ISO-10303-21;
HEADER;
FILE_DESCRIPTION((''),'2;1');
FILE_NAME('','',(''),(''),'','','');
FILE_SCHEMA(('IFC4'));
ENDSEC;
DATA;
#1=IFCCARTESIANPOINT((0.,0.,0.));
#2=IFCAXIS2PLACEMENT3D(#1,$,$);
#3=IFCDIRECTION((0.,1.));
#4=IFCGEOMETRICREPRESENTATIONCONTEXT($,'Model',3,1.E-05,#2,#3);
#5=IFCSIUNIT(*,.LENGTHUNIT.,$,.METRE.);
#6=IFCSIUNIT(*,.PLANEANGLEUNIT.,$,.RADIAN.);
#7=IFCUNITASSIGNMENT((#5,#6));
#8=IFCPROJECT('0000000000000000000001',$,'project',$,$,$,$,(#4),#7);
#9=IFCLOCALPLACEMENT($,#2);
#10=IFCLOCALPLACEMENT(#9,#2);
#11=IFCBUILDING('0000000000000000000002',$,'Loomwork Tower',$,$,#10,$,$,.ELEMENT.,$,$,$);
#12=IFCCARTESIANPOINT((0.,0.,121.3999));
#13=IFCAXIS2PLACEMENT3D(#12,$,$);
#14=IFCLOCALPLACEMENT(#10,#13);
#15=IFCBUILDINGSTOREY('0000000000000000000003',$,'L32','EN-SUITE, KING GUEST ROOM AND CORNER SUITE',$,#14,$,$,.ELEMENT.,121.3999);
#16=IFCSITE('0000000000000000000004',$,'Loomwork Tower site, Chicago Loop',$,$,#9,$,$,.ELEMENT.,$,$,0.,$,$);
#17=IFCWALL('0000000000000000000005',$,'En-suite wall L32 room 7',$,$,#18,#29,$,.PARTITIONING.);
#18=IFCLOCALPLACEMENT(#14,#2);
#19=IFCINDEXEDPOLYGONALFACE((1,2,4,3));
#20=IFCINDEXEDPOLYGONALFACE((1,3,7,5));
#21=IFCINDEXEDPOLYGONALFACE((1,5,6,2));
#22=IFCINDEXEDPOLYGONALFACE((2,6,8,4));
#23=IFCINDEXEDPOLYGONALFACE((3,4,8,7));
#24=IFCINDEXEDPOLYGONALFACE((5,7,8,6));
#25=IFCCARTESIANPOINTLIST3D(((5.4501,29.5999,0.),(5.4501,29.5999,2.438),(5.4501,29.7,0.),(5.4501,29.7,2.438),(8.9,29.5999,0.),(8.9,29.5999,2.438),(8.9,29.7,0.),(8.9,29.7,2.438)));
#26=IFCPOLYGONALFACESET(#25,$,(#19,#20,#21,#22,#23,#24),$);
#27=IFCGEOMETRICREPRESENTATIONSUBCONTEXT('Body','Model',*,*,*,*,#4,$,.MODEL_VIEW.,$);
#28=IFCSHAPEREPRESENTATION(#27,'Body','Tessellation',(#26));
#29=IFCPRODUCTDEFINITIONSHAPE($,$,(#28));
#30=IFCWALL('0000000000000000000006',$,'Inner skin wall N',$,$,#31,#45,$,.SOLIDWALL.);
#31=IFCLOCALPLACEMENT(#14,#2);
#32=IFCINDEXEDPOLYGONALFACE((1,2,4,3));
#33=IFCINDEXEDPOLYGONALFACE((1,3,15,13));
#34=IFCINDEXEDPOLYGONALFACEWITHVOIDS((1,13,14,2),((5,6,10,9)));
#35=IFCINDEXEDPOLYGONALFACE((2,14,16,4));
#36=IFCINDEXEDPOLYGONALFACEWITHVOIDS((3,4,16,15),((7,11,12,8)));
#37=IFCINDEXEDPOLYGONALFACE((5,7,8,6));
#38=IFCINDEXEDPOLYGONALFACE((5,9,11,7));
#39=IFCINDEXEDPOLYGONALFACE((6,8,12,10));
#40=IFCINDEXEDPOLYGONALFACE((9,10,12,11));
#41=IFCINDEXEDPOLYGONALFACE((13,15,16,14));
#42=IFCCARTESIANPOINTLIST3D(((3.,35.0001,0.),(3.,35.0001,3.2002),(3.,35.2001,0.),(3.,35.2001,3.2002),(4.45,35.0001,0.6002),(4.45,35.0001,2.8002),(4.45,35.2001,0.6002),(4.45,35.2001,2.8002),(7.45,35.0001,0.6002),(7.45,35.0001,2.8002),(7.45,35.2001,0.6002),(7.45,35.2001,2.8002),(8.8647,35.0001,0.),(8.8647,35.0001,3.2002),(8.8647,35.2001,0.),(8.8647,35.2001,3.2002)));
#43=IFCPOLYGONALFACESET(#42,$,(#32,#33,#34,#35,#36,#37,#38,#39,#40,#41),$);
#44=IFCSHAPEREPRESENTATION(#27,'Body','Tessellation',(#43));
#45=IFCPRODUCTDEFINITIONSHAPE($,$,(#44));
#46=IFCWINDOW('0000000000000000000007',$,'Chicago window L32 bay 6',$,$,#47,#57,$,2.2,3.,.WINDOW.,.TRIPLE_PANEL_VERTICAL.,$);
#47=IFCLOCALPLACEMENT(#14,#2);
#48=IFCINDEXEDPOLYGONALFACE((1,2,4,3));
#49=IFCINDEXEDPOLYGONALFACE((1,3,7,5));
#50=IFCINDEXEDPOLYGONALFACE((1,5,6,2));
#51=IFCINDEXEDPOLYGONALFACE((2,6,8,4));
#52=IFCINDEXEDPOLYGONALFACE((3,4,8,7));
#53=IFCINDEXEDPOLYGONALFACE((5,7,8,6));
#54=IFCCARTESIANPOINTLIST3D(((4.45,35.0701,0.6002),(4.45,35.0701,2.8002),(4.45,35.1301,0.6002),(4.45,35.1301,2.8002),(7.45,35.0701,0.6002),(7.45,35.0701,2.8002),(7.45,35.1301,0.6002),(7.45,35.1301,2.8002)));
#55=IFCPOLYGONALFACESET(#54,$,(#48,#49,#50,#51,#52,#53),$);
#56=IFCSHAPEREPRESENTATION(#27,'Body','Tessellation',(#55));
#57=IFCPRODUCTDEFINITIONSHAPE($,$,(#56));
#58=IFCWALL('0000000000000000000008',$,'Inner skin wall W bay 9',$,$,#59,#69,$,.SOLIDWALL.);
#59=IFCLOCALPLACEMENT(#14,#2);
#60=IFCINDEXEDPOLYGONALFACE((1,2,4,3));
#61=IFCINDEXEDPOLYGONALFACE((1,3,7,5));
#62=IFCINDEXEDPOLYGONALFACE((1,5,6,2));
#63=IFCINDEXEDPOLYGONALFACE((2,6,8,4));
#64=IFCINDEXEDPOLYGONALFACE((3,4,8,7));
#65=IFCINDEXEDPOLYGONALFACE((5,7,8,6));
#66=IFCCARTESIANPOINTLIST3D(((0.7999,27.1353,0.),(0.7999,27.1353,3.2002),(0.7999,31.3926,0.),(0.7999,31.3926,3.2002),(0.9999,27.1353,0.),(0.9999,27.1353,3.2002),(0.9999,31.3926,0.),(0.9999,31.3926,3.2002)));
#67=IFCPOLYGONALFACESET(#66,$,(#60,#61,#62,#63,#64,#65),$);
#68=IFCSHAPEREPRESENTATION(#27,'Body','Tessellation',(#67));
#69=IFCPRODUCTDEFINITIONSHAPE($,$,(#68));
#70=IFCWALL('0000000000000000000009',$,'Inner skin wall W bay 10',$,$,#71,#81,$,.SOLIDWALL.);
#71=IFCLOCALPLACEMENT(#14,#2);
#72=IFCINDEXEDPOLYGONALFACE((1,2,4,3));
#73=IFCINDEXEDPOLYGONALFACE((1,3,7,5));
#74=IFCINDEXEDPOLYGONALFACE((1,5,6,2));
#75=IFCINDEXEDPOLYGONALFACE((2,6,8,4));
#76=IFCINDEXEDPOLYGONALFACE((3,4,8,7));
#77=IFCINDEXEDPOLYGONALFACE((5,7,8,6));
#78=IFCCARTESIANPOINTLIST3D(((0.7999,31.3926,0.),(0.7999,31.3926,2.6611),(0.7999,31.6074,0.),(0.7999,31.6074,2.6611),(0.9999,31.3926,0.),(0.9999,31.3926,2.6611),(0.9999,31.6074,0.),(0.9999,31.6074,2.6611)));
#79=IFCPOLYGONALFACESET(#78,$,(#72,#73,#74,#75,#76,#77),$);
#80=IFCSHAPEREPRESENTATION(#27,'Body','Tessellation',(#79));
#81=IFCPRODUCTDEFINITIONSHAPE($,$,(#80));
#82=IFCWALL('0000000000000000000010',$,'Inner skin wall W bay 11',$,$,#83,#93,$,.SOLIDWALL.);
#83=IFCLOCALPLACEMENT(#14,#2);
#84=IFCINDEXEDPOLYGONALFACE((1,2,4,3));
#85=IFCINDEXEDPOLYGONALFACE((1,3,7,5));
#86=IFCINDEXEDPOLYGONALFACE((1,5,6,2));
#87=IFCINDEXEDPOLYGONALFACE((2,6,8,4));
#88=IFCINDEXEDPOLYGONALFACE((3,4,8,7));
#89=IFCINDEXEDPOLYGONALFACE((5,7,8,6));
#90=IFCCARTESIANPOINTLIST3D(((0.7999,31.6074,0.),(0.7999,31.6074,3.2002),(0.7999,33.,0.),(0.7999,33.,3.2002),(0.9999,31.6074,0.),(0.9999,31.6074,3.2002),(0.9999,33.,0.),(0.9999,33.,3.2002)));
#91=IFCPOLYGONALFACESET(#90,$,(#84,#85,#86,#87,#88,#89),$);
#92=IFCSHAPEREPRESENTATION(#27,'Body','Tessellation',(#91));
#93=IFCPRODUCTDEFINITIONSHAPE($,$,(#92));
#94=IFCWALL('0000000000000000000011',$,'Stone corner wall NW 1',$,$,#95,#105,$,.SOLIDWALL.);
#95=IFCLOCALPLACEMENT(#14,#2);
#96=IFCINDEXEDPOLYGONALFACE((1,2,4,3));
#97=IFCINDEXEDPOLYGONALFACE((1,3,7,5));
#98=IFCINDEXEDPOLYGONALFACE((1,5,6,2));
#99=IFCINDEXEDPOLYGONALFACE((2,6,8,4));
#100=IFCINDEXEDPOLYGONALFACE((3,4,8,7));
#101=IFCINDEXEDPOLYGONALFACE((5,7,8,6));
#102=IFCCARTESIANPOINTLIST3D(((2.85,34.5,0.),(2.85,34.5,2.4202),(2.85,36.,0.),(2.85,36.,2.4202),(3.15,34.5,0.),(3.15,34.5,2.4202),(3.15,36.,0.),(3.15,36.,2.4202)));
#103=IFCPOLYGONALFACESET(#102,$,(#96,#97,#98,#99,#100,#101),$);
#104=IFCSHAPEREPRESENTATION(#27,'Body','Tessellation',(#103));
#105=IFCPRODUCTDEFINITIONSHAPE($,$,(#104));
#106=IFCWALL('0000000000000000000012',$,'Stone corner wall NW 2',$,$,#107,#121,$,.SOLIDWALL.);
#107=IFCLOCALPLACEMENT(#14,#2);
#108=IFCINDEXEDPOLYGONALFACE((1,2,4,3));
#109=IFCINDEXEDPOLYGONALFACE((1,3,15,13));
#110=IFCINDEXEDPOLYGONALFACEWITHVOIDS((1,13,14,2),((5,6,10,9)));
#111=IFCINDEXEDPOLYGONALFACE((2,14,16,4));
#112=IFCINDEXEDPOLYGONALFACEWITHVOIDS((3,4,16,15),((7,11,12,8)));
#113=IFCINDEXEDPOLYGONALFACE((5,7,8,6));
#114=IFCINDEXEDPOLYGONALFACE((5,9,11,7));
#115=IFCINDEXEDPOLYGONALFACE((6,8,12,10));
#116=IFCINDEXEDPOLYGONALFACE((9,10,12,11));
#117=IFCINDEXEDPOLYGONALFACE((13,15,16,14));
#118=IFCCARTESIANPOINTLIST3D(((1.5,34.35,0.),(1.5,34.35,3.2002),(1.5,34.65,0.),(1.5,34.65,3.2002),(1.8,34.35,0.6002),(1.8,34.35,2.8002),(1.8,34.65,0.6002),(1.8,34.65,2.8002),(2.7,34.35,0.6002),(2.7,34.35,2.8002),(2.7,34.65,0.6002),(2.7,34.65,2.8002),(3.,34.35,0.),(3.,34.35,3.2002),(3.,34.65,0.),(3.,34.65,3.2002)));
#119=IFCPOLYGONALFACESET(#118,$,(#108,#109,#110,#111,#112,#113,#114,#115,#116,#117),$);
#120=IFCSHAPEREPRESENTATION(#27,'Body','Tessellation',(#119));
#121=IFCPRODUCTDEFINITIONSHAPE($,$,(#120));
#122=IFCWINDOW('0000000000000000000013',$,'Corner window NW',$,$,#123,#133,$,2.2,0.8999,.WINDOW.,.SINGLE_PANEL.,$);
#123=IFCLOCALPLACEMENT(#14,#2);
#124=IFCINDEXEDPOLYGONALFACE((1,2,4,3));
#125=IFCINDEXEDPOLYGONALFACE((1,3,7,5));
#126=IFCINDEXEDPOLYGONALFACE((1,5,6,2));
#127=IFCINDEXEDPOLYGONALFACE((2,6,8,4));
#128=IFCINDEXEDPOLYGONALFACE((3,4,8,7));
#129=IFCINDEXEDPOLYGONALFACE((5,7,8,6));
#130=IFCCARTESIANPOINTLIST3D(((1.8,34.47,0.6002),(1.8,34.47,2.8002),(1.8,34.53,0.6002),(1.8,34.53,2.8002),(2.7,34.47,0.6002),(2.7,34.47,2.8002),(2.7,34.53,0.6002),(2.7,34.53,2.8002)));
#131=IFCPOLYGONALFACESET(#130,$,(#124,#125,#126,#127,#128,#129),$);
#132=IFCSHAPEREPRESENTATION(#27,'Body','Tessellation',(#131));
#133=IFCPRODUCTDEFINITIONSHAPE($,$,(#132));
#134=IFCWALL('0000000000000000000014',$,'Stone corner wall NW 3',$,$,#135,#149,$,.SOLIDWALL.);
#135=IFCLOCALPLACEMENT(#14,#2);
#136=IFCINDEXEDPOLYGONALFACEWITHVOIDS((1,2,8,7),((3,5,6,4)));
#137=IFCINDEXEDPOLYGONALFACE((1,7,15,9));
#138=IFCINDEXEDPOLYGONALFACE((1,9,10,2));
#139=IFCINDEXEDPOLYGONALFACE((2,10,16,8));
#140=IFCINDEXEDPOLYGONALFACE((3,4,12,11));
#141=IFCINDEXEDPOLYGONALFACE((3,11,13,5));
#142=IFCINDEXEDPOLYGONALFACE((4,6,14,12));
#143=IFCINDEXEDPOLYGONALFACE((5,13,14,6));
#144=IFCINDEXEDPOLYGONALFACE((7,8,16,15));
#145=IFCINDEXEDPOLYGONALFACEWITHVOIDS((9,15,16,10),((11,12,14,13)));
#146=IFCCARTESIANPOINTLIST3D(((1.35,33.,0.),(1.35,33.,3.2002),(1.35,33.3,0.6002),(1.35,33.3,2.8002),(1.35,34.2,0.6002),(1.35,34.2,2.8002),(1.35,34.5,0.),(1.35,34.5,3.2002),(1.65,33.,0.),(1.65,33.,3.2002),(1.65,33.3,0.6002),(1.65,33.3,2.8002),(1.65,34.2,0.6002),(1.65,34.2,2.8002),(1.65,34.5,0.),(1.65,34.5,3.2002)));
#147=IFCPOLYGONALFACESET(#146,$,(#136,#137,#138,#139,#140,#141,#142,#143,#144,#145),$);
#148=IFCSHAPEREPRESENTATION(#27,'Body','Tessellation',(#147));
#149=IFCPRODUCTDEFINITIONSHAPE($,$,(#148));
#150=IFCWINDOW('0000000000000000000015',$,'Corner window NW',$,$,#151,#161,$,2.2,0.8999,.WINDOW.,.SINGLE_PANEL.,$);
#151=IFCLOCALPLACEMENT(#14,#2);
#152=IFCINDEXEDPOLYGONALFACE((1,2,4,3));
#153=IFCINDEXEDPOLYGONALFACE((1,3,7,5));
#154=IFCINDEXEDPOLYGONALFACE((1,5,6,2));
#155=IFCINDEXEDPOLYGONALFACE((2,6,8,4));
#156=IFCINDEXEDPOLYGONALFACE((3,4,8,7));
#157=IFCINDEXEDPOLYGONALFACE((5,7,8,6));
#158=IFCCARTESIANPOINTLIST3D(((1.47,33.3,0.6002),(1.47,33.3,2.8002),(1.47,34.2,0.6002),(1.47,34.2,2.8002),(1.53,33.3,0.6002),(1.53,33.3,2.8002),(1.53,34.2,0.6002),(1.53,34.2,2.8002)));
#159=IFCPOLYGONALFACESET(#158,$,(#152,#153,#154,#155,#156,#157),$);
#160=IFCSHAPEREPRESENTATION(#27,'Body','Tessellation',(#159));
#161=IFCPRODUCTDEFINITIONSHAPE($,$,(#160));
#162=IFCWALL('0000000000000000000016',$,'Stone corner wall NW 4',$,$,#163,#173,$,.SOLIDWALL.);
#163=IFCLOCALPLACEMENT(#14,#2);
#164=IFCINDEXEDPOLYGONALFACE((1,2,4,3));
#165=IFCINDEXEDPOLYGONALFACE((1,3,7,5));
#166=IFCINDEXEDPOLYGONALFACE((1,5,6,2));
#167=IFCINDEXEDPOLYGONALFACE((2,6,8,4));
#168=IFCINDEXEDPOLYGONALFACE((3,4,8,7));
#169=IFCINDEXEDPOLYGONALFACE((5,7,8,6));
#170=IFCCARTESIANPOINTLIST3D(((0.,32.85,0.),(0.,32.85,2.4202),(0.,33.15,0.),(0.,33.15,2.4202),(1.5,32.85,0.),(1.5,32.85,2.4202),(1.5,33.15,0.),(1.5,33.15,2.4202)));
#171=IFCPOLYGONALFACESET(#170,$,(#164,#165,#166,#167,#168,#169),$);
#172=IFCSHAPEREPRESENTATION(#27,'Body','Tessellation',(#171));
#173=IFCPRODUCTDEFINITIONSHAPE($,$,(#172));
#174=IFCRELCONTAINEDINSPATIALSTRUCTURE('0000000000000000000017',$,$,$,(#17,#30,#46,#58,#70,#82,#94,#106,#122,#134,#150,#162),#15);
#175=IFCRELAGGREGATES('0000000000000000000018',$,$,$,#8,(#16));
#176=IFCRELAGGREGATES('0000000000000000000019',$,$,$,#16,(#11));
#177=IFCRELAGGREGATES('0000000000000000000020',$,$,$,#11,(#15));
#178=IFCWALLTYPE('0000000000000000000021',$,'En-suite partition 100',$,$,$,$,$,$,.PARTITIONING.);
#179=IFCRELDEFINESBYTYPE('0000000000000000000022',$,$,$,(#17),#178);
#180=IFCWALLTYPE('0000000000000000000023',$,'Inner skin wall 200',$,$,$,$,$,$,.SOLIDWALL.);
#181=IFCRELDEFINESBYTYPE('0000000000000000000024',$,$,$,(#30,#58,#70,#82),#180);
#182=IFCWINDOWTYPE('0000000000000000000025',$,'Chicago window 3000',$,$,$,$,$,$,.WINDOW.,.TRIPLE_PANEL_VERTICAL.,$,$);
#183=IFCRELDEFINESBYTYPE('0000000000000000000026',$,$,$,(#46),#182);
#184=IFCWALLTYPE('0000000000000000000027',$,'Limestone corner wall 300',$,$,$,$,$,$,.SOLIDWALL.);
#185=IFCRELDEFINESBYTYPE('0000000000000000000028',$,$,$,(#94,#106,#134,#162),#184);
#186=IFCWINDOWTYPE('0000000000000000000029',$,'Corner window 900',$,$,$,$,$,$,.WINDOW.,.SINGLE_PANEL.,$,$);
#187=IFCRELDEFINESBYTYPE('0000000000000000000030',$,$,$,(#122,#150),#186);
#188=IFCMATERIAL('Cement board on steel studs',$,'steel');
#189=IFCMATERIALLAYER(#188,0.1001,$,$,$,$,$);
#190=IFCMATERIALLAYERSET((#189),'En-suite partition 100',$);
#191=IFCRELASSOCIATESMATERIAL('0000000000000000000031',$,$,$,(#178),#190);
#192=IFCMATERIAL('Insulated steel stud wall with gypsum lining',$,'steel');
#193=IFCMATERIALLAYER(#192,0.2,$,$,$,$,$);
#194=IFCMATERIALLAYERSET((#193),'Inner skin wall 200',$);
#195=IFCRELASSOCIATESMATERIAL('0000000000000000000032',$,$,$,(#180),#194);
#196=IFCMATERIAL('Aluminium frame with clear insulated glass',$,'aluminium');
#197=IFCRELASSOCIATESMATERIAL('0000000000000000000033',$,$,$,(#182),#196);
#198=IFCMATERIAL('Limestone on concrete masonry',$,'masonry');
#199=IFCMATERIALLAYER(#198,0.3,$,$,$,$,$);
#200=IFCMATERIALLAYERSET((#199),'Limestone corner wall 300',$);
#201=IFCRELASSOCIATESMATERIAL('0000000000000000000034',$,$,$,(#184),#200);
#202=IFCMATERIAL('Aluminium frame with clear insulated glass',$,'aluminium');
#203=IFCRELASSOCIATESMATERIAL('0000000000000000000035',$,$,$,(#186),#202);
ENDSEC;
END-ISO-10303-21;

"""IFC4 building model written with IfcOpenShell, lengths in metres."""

from ifc_helpers import new_model, si_unit, direction, frame, frame_2d, origin, place, context, subcontext, project, spatial, rectangle, extrude, material, layer, layer_set, type_object, element, fill, save


model = new_model("IFC4")

# Units and contexts
model_context = context("Model", 3, precision=1e-05, world=origin(), true_north=direction((0.0, 1.0)))
body_context = subcontext(model_context, "Body", "Model", "MODEL_VIEW")
ifc_project = project(units=[si_unit("LENGTHUNIT", "METRE"), si_unit("PLANEANGLEUNIT", "RADIAN")], contexts=[model_context])

# Site, building, storey
site_placement = place(None, origin())
site = spatial("IfcSite", under=ifc_project, at=site_placement, Name="Loomwork Tower site, Chicago Loop", CompositionType="ELEMENT", RefElevation=0.0)
building_placement = place(site_placement, origin())
building = spatial("IfcBuilding", under=site, at=building_placement, Name="Loomwork Tower", CompositionType="ELEMENT")
storey_placement = place(building_placement, frame((0.0, 0.0, 121.3999)))
storey = spatial("IfcBuildingStorey", under=building, at=storey_placement, Name="L32", Description="EN-SUITE, KING GUEST ROOM AND CORNER SUITE", CompositionType="ELEMENT", Elevation=121.3999)

# Wall
ifc_material_1 = material(Name="Cement board on steel studs", Category="steel")
ifc_layer_1 = layer(ifc_material_1, 0.1001)
ifc_layer_set_1 = layer_set([ifc_layer_1], Name="En-suite partition 100")
wall_type_1 = type_object("IfcWallType", Name="En-suite partition 100", PredefinedType="PARTITIONING", material=ifc_layer_set_1)
wall_1_placement = place(storey_placement, frame((5.45, 29.6499, 0.0), z_axis=(0.0, 0.0, 1.0), x_axis=(1.0, 0.0, 0.0)))
element("IfcWall", 1, at=wall_1_placement, inside=storey, type_object=wall_type_1, Name="En-suite wall L32 room 7", PredefinedType="PARTITIONING", context=body_context, shape_type="SweptSolid", body=[
    extrude(rectangle(XDim=3.45, YDim=0.1001, at=frame_2d((1.7251, 0.0))), origin(), (0.0, 0.0, 1.0), 2.438),
])

# Wall, opening, window
ifc_material_2 = material(Name="Insulated steel stud wall with gypsum lining", Category="steel")
ifc_layer_2 = layer(ifc_material_2, 0.2)
ifc_layer_set_2 = layer_set([ifc_layer_2], Name="Inner skin wall 200")
wall_type_2 = type_object("IfcWallType", Name="Inner skin wall 200", PredefinedType="SOLIDWALL", material=ifc_layer_set_2)
wall_2_placement = place(storey_placement, frame((3.0, 35.1001, 0.0), z_axis=(0.0, 0.0, 1.0), x_axis=(1.0, 0.0, 0.0)))
wall_2 = element("IfcWall", 2, at=wall_2_placement, inside=storey, type_object=wall_type_2, Name="Inner skin wall N", PredefinedType="SOLIDWALL", context=body_context, shape_type="SweptSolid", body=[
    extrude(rectangle(XDim=5.8647, YDim=0.2, at=frame_2d((2.9324, 0.0))), origin(), (0.0, 0.0, 1.0), 3.2002),
])
opening_1_placement = place(wall_2_placement, frame((1.45, 0.0, 0.6001)))
opening_1 = element("IfcOpeningElement", 3, at=opening_1_placement, cuts=wall_2, PredefinedType="OPENING", context=body_context, shape_type="SweptSolid", body=[
    extrude(rectangle(XDim=3.0, YDim=2.2, at=frame_2d((1.5, 1.1001))), frame((0.0, 0.1099, 0.0), z_axis=(0.0, -1.0, 0.0), x_axis=(1.0, 0.0, 0.0)), (0.0, 0.0, 1.0), 0.22),
])
ifc_material_3 = material(Name="Aluminium frame with clear insulated glass", Category="aluminium")
window_type_1 = type_object("IfcWindowType", Name="Chicago window 3000", PartitioningType="TRIPLE_PANEL_VERTICAL", PredefinedType="WINDOW", material=ifc_material_3)
window_1_placement = place(opening_1_placement, origin())
window_1 = element("IfcWindow", 4, at=window_1_placement, inside=storey, type_object=window_type_1, Name="Chicago window L32 bay 6", OverallHeight=2.2, OverallWidth=3.0, PartitioningType="TRIPLE_PANEL_VERTICAL", PredefinedType="WINDOW", context=body_context, shape_type="SweptSolid", body=[
    extrude(rectangle(XDim=3.0, YDim=2.2, at=frame_2d((1.5, 1.1001))), frame((0.0, 0.03, 0.0), z_axis=(0.0, -1.0, 0.0), x_axis=(1.0, 0.0, 0.0)), (0.0, 0.0, 1.0), 0.0601),
])
fill(opening_1, window_1)

# Walls
wall_3_placement = place(storey_placement, frame((0.8999, 27.1353, 0.0), z_axis=(0.0, 0.0, 1.0), x_axis=(0.0, 1.0, 0.0)))
element("IfcWall", 5, at=wall_3_placement, inside=storey, type_object=wall_type_2, Name="Inner skin wall W bay 9", PredefinedType="SOLIDWALL", context=body_context, shape_type="SweptSolid", body=[
    extrude(rectangle(XDim=4.2573, YDim=0.2, at=frame_2d((2.1287, 0.0))), origin(), (0.0, 0.0, 1.0), 3.2002),
])
wall_4_placement = place(storey_placement, frame((0.8999, 31.3926, 0.0), z_axis=(0.0, 0.0, 1.0), x_axis=(0.0, 1.0, 0.0)))
element("IfcWall", 6, at=wall_4_placement, inside=storey, type_object=wall_type_2, Name="Inner skin wall W bay 10", PredefinedType="SOLIDWALL", context=body_context, shape_type="SweptSolid", body=[
    extrude(rectangle(XDim=0.2148, YDim=0.2, at=frame_2d((0.1074, 0.0))), origin(), (0.0, 0.0, 1.0), 2.6611),
])
wall_5_placement = place(storey_placement, frame((0.8999, 31.6074, 0.0), z_axis=(0.0, 0.0, 1.0), x_axis=(0.0, 1.0, 0.0)))
element("IfcWall", 7, at=wall_5_placement, inside=storey, type_object=wall_type_2, Name="Inner skin wall W bay 11", PredefinedType="SOLIDWALL", context=body_context, shape_type="SweptSolid", body=[
    extrude(rectangle(XDim=1.3926, YDim=0.2, at=frame_2d((0.6963, 0.0))), origin(), (0.0, 0.0, 1.0), 3.2002),
])
ifc_material_4 = material(Name="Limestone on concrete masonry", Category="masonry")
ifc_layer_3 = layer(ifc_material_4, 0.3)
ifc_layer_set_3 = layer_set([ifc_layer_3], Name="Limestone corner wall 300")
wall_type_3 = type_object("IfcWallType", Name="Limestone corner wall 300", PredefinedType="SOLIDWALL", material=ifc_layer_set_3)
wall_6_placement = place(storey_placement, frame((3.0, 36.0, 0.0), z_axis=(0.0, 0.0, 1.0), x_axis=(0.0, -1.0, 0.0)))
element("IfcWall", 8, at=wall_6_placement, inside=storey, type_object=wall_type_3, Name="Stone corner wall NW 1", PredefinedType="SOLIDWALL", context=body_context, shape_type="SweptSolid", body=[
    extrude(rectangle(XDim=1.5, YDim=0.3, at=frame_2d((0.75, 0.0))), origin(), (0.0, 0.0, 1.0), 2.4202),
])

# Walls, openings, windows
wall_7_placement = place(storey_placement, frame((3.0, 34.5, 0.0), z_axis=(0.0, 0.0, 1.0), x_axis=(-1.0, 0.0, 0.0)))
wall_7 = element("IfcWall", 9, at=wall_7_placement, inside=storey, type_object=wall_type_3, Name="Stone corner wall NW 2", PredefinedType="SOLIDWALL", context=body_context, shape_type="SweptSolid", body=[
    extrude(rectangle(XDim=1.5, YDim=0.3, at=frame_2d((0.75, 0.0))), origin(), (0.0, 0.0, 1.0), 3.2002),
])
opening_2_placement = place(wall_7_placement, frame((0.3, 0.0, 0.6001)))
opening_2 = element("IfcOpeningElement", 10, at=opening_2_placement, cuts=wall_7, PredefinedType="OPENING", context=body_context, shape_type="SweptSolid", body=[
    extrude(rectangle(XDim=0.8999, YDim=2.2, at=frame_2d((0.45, 1.1001))), frame((0.0, 0.1599, 0.0), z_axis=(0.0, -1.0, 0.0), x_axis=(1.0, 0.0, 0.0)), (0.0, 0.0, 1.0), 0.3201),
])
ifc_material_5 = material(Name="Aluminium frame with clear insulated glass", Category="aluminium")
window_type_2 = type_object("IfcWindowType", Name="Corner window 900", PartitioningType="SINGLE_PANEL", PredefinedType="WINDOW", material=ifc_material_5)
window_2_placement = place(opening_2_placement, origin())
window_2 = element("IfcWindow", 11, at=window_2_placement, inside=storey, type_object=window_type_2, Name="Corner window NW", OverallHeight=2.2, OverallWidth=0.8999, PartitioningType="SINGLE_PANEL", PredefinedType="WINDOW", context=body_context, shape_type="SweptSolid", body=[
    extrude(rectangle(XDim=0.8999, YDim=2.2, at=frame_2d((0.45, 1.1001))), frame((0.0, 0.03, 0.0), z_axis=(0.0, -1.0, 0.0), x_axis=(1.0, 0.0, 0.0)), (0.0, 0.0, 1.0), 0.0601),
])
fill(opening_2, window_2)
wall_8_placement = place(storey_placement, frame((1.5, 34.5, 0.0), z_axis=(0.0, 0.0, 1.0), x_axis=(0.0, -1.0, 0.0)))
wall_8 = element("IfcWall", 12, at=wall_8_placement, inside=storey, type_object=wall_type_3, Name="Stone corner wall NW 3", PredefinedType="SOLIDWALL", context=body_context, shape_type="SweptSolid", body=[
    extrude(rectangle(XDim=1.5, YDim=0.3, at=frame_2d((0.75, 0.0))), origin(), (0.0, 0.0, 1.0), 3.2002),
])
opening_3_placement = place(wall_8_placement, frame((0.3, 0.0, 0.6001)))
opening_3 = element("IfcOpeningElement", 13, at=opening_3_placement, cuts=wall_8, PredefinedType="OPENING", context=body_context, shape_type="SweptSolid", body=[
    extrude(rectangle(XDim=0.8999, YDim=2.2, at=frame_2d((0.45, 1.1001))), frame((0.0, 0.1599, 0.0), z_axis=(0.0, -1.0, 0.0), x_axis=(1.0, 0.0, 0.0)), (0.0, 0.0, 1.0), 0.3201),
])
window_3_placement = place(opening_3_placement, origin())
window_3 = element("IfcWindow", 14, at=window_3_placement, inside=storey, type_object=window_type_2, Name="Corner window NW", OverallHeight=2.2, OverallWidth=0.8999, PartitioningType="SINGLE_PANEL", PredefinedType="WINDOW", context=body_context, shape_type="SweptSolid", body=[
    extrude(rectangle(XDim=0.8999, YDim=2.2, at=frame_2d((0.45, 1.1001))), frame((0.0, 0.03, 0.0), z_axis=(0.0, -1.0, 0.0), x_axis=(1.0, 0.0, 0.0)), (0.0, 0.0, 1.0), 0.0601),
])
fill(opening_3, window_3)

# Wall
wall_9_placement = place(storey_placement, frame((1.5, 33.0, 0.0), z_axis=(0.0, 0.0, 1.0), x_axis=(-1.0, 0.0, 0.0)))
element("IfcWall", 15, at=wall_9_placement, inside=storey, type_object=wall_type_3, Name="Stone corner wall NW 4", PredefinedType="SOLIDWALL", context=body_context, shape_type="SweptSolid", body=[
    extrude(rectangle(XDim=1.5, YDim=0.3, at=frame_2d((0.75, 0.0))), origin(), (0.0, 0.0, 1.0), 2.4202),
])

save(model, "model.ifc")
